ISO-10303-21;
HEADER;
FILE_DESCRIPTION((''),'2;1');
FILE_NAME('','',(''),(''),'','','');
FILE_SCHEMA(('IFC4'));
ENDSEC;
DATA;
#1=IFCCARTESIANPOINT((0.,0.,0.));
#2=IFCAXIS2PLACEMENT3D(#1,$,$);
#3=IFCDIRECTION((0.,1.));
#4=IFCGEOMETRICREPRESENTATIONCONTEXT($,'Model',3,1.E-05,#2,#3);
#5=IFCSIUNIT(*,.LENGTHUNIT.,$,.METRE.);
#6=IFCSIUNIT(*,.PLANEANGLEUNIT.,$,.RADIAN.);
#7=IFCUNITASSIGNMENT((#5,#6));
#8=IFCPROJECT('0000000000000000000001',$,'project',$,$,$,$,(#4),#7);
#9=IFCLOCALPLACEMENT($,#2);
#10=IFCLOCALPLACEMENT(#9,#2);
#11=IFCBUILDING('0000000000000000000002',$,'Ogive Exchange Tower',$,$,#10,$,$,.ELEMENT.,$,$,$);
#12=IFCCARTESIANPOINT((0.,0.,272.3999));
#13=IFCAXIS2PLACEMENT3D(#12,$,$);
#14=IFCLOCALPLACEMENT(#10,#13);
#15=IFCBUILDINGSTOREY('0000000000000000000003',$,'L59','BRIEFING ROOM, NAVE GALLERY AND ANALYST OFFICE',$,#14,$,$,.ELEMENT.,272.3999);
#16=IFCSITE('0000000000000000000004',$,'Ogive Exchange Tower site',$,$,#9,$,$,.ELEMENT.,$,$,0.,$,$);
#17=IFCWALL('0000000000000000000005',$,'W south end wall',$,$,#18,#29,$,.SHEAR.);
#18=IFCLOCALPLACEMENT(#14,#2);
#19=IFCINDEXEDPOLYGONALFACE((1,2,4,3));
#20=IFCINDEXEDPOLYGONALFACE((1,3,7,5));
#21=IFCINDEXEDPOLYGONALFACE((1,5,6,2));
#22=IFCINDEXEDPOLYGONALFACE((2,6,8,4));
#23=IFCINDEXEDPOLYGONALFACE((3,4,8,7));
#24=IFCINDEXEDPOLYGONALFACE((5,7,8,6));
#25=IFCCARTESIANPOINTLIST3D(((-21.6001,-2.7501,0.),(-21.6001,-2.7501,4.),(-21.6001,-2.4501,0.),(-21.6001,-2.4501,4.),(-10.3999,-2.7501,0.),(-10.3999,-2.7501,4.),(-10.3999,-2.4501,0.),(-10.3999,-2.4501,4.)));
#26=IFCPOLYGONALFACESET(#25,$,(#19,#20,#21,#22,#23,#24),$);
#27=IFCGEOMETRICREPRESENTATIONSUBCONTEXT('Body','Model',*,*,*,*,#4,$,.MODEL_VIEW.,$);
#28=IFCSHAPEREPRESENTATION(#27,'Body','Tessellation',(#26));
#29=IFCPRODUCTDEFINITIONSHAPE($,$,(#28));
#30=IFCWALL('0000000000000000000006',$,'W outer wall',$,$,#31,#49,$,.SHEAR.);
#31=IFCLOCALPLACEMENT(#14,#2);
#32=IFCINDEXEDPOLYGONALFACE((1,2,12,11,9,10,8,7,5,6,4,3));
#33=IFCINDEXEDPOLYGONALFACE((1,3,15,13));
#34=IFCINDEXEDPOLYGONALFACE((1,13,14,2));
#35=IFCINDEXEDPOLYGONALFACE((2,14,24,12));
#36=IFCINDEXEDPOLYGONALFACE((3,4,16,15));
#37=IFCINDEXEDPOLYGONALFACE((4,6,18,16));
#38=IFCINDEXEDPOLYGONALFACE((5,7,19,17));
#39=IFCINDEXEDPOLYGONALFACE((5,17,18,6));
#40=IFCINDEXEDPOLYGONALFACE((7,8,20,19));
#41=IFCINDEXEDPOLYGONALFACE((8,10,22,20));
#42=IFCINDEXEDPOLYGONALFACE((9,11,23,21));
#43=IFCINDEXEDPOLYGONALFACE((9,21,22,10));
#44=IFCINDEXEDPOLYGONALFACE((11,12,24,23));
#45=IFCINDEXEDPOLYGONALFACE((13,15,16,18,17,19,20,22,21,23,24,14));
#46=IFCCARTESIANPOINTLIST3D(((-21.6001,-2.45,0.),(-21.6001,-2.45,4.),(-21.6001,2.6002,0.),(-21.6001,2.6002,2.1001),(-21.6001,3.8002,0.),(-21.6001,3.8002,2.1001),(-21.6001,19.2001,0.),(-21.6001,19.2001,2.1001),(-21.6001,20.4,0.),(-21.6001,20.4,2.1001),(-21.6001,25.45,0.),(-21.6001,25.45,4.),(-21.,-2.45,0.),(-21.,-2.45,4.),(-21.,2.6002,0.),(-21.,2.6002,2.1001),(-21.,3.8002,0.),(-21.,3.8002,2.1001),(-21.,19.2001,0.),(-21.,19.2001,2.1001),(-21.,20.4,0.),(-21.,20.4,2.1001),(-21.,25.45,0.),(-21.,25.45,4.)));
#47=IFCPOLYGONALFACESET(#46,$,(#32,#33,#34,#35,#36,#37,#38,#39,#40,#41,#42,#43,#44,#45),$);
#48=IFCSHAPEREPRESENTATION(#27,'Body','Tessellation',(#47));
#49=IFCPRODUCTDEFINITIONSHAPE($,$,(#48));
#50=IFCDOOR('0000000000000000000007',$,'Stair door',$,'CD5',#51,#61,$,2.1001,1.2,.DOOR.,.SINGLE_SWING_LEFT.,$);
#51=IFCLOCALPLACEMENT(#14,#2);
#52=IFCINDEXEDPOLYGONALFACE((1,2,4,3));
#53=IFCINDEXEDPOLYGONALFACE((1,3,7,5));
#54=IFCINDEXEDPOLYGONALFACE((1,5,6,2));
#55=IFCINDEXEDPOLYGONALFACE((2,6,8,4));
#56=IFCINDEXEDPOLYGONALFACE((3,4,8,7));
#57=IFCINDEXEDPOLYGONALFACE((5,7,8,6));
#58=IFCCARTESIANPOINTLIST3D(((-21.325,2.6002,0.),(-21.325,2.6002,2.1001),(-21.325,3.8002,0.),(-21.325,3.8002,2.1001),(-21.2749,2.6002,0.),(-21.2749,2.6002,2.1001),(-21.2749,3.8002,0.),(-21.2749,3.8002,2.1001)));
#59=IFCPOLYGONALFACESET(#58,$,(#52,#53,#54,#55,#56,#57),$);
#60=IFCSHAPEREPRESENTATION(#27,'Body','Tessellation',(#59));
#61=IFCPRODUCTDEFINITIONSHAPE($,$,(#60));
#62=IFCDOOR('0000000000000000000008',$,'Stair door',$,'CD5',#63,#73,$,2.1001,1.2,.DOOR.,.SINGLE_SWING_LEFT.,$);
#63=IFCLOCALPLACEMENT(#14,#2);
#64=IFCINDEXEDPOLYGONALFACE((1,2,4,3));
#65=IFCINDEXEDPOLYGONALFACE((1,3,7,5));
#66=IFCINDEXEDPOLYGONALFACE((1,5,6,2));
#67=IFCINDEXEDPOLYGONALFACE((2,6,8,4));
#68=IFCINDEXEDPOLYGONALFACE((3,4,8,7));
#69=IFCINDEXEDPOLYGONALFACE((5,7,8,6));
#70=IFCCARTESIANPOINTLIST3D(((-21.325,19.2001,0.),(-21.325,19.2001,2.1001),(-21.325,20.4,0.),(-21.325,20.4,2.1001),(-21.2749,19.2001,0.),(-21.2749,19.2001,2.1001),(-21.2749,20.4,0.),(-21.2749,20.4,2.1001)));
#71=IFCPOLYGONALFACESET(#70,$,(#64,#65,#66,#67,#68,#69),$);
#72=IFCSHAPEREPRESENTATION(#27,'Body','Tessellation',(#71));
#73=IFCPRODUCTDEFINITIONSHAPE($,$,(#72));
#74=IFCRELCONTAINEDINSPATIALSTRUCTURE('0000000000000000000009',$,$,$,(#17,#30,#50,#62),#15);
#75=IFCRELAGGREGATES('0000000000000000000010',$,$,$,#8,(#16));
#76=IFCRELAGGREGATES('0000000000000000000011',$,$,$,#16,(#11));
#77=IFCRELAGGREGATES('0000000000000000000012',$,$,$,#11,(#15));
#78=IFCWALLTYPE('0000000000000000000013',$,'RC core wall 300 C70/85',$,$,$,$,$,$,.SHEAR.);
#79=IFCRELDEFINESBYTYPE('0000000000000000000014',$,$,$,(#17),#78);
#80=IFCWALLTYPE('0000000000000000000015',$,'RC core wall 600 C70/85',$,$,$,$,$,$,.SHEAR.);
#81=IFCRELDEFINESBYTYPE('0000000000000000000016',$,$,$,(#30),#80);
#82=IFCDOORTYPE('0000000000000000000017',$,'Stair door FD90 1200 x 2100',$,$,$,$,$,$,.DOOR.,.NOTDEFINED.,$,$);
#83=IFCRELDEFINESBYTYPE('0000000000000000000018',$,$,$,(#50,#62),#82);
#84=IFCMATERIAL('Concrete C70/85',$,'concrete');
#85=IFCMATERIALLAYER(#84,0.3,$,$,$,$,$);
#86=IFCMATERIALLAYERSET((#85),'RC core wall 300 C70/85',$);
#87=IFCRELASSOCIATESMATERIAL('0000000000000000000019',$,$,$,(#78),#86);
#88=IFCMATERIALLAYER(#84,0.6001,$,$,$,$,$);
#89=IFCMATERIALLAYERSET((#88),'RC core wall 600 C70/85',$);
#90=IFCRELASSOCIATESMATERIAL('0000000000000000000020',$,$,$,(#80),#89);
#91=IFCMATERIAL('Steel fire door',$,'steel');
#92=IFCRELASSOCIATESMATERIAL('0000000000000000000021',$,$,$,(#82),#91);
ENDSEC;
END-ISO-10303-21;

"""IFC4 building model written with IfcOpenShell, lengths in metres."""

from ifc_helpers import new_model, si_unit, direction, frame, frame_2d, origin, place, context, subcontext, project, spatial, rectangle, extrude, material, layer, layer_set, type_object, element, fill, save


model = new_model("IFC4")

# Units and contexts
model_context = context("Model", 3, precision=1e-05, world=origin(), true_north=direction((0.0, 1.0)))
body_context = subcontext(model_context, "Body", "Model", "MODEL_VIEW")
ifc_project = project(units=[si_unit("LENGTHUNIT", "METRE"), si_unit("PLANEANGLEUNIT", "RADIAN")], contexts=[model_context])

# Site, building, storey
site_placement = place(None, origin())
site = spatial("IfcSite", under=ifc_project, at=site_placement, Name="Ogive Exchange Tower site", CompositionType="ELEMENT", RefElevation=0.0)
building_placement = place(site_placement, origin())
building = spatial("IfcBuilding", under=site, at=building_placement, Name="Ogive Exchange Tower", CompositionType="ELEMENT")
storey_placement = place(building_placement, frame((0.0, 0.0, 272.3999)))
storey = spatial("IfcBuildingStorey", under=building, at=storey_placement, Name="L59", Description="BRIEFING ROOM, NAVE GALLERY AND ANALYST OFFICE", CompositionType="ELEMENT", Elevation=272.3999)

# Wall
ifc_material_1 = material(Name="Concrete C70/85", Category="concrete")
ifc_layer_1 = layer(ifc_material_1, 0.3)
ifc_layer_set_1 = layer_set([ifc_layer_1], Name="RC core wall 300 C70/85")
wall_type_1 = type_object("IfcWallType", Name="RC core wall 300 C70/85", PredefinedType="SHEAR", material=ifc_layer_set_1)
wall_1_placement = place(storey_placement, frame((-21.6001, -2.6001, 0.0), z_axis=(0.0, 0.0, 1.0), x_axis=(1.0, 0.0, 0.0)))
element("IfcWall", 1, at=wall_1_placement, inside=storey, type_object=wall_type_1, Name="W south end wall", PredefinedType="SHEAR", context=body_context, shape_type="SweptSolid", body=[
    extrude(rectangle(XDim=11.2002, YDim=0.3, at=frame_2d((5.6001, 0.0))), origin(), (0.0, 0.0, 1.0), 4.0),
])

# Wall, openings, doors
ifc_layer_2 = layer(ifc_material_1, 0.6001)
ifc_layer_set_2 = layer_set([ifc_layer_2], Name="RC core wall 600 C70/85")
wall_type_2 = type_object("IfcWallType", Name="RC core wall 600 C70/85", PredefinedType="SHEAR", material=ifc_layer_set_2)
wall_2_placement = place(storey_placement, frame((-21.3, -2.45, 0.0), z_axis=(0.0, 0.0, 1.0), x_axis=(0.0, 1.0, 0.0)))
wall_2 = element("IfcWall", 2, at=wall_2_placement, inside=storey, type_object=wall_type_2, Name="W outer wall", PredefinedType="SHEAR", context=body_context, shape_type="SweptSolid", body=[
    extrude(rectangle(XDim=27.8999, YDim=0.6001, at=frame_2d((13.95, 0.0))), origin(), (0.0, 0.0, 1.0), 4.0),
])
opening_1_placement = place(wall_2_placement, frame((5.05, 0.0, 0.0)))
opening_1 = element("IfcOpeningElement", 3, at=opening_1_placement, cuts=wall_2, PredefinedType="OPENING", context=body_context, shape_type="SweptSolid", body=[
    extrude(rectangle(XDim=1.2, YDim=2.1001, at=frame_2d((0.6001, 1.05))), frame((0.0, 0.3101, 0.0), z_axis=(0.0, -1.0, 0.0), x_axis=(1.0, 0.0, 0.0)), (0.0, 0.0, 1.0), 0.6201),
])
opening_2_placement = place(wall_2_placement, frame((21.6499, 0.0, 0.0)))
opening_2 = element("IfcOpeningElement", 4, at=opening_2_placement, cuts=wall_2, PredefinedType="OPENING", context=body_context, shape_type="SweptSolid", body=[
    extrude(rectangle(XDim=1.2, YDim=2.1001, at=frame_2d((0.6001, 1.05))), frame((0.0, 0.3101, 0.0), z_axis=(0.0, -1.0, 0.0), x_axis=(1.0, 0.0, 0.0)), (0.0, 0.0, 1.0), 0.6201),
])
ifc_material_2 = material(Name="Steel fire door", Category="steel")
door_type_1 = type_object("IfcDoorType", Name="Stair door FD90 1200 x 2100", OperationType="NOTDEFINED", PredefinedType="DOOR", material=ifc_material_2)
door_1_placement = place(opening_1_placement, origin())
door_1 = element("IfcDoor", 5, at=door_1_placement, inside=storey, type_object=door_type_1, Name="Stair door", ObjectType="CD5", OperationType="SINGLE_SWING_LEFT", OverallHeight=2.1001, OverallWidth=1.2, PredefinedType="DOOR", context=body_context, shape_type="SweptSolid", body=[
    extrude(rectangle(XDim=1.2, YDim=2.1001, at=frame_2d((0.6001, 1.05))), frame((0.0, 0.0249, 0.0), z_axis=(0.0, -1.0, 0.0), x_axis=(1.0, 0.0, 0.0)), (0.0, 0.0, 1.0), 0.05),
])
fill(opening_1, door_1)
door_2_placement = place(opening_2_placement, origin())
door_2 = element("IfcDoor", 6, at=door_2_placement, inside=storey, type_object=door_type_1, Name="Stair door", ObjectType="CD5", OperationType="SINGLE_SWING_LEFT", OverallHeight=2.1001, OverallWidth=1.2, PredefinedType="DOOR", context=body_context, shape_type="SweptSolid", body=[
    extrude(rectangle(XDim=1.2, YDim=2.1001, at=frame_2d((0.6001, 1.05))), frame((0.0, 0.0249, 0.0), z_axis=(0.0, -1.0, 0.0), x_axis=(1.0, 0.0, 0.0)), (0.0, 0.0, 1.0), 0.05),
])
fill(opening_2, door_2)

save(model, "model.ifc")
